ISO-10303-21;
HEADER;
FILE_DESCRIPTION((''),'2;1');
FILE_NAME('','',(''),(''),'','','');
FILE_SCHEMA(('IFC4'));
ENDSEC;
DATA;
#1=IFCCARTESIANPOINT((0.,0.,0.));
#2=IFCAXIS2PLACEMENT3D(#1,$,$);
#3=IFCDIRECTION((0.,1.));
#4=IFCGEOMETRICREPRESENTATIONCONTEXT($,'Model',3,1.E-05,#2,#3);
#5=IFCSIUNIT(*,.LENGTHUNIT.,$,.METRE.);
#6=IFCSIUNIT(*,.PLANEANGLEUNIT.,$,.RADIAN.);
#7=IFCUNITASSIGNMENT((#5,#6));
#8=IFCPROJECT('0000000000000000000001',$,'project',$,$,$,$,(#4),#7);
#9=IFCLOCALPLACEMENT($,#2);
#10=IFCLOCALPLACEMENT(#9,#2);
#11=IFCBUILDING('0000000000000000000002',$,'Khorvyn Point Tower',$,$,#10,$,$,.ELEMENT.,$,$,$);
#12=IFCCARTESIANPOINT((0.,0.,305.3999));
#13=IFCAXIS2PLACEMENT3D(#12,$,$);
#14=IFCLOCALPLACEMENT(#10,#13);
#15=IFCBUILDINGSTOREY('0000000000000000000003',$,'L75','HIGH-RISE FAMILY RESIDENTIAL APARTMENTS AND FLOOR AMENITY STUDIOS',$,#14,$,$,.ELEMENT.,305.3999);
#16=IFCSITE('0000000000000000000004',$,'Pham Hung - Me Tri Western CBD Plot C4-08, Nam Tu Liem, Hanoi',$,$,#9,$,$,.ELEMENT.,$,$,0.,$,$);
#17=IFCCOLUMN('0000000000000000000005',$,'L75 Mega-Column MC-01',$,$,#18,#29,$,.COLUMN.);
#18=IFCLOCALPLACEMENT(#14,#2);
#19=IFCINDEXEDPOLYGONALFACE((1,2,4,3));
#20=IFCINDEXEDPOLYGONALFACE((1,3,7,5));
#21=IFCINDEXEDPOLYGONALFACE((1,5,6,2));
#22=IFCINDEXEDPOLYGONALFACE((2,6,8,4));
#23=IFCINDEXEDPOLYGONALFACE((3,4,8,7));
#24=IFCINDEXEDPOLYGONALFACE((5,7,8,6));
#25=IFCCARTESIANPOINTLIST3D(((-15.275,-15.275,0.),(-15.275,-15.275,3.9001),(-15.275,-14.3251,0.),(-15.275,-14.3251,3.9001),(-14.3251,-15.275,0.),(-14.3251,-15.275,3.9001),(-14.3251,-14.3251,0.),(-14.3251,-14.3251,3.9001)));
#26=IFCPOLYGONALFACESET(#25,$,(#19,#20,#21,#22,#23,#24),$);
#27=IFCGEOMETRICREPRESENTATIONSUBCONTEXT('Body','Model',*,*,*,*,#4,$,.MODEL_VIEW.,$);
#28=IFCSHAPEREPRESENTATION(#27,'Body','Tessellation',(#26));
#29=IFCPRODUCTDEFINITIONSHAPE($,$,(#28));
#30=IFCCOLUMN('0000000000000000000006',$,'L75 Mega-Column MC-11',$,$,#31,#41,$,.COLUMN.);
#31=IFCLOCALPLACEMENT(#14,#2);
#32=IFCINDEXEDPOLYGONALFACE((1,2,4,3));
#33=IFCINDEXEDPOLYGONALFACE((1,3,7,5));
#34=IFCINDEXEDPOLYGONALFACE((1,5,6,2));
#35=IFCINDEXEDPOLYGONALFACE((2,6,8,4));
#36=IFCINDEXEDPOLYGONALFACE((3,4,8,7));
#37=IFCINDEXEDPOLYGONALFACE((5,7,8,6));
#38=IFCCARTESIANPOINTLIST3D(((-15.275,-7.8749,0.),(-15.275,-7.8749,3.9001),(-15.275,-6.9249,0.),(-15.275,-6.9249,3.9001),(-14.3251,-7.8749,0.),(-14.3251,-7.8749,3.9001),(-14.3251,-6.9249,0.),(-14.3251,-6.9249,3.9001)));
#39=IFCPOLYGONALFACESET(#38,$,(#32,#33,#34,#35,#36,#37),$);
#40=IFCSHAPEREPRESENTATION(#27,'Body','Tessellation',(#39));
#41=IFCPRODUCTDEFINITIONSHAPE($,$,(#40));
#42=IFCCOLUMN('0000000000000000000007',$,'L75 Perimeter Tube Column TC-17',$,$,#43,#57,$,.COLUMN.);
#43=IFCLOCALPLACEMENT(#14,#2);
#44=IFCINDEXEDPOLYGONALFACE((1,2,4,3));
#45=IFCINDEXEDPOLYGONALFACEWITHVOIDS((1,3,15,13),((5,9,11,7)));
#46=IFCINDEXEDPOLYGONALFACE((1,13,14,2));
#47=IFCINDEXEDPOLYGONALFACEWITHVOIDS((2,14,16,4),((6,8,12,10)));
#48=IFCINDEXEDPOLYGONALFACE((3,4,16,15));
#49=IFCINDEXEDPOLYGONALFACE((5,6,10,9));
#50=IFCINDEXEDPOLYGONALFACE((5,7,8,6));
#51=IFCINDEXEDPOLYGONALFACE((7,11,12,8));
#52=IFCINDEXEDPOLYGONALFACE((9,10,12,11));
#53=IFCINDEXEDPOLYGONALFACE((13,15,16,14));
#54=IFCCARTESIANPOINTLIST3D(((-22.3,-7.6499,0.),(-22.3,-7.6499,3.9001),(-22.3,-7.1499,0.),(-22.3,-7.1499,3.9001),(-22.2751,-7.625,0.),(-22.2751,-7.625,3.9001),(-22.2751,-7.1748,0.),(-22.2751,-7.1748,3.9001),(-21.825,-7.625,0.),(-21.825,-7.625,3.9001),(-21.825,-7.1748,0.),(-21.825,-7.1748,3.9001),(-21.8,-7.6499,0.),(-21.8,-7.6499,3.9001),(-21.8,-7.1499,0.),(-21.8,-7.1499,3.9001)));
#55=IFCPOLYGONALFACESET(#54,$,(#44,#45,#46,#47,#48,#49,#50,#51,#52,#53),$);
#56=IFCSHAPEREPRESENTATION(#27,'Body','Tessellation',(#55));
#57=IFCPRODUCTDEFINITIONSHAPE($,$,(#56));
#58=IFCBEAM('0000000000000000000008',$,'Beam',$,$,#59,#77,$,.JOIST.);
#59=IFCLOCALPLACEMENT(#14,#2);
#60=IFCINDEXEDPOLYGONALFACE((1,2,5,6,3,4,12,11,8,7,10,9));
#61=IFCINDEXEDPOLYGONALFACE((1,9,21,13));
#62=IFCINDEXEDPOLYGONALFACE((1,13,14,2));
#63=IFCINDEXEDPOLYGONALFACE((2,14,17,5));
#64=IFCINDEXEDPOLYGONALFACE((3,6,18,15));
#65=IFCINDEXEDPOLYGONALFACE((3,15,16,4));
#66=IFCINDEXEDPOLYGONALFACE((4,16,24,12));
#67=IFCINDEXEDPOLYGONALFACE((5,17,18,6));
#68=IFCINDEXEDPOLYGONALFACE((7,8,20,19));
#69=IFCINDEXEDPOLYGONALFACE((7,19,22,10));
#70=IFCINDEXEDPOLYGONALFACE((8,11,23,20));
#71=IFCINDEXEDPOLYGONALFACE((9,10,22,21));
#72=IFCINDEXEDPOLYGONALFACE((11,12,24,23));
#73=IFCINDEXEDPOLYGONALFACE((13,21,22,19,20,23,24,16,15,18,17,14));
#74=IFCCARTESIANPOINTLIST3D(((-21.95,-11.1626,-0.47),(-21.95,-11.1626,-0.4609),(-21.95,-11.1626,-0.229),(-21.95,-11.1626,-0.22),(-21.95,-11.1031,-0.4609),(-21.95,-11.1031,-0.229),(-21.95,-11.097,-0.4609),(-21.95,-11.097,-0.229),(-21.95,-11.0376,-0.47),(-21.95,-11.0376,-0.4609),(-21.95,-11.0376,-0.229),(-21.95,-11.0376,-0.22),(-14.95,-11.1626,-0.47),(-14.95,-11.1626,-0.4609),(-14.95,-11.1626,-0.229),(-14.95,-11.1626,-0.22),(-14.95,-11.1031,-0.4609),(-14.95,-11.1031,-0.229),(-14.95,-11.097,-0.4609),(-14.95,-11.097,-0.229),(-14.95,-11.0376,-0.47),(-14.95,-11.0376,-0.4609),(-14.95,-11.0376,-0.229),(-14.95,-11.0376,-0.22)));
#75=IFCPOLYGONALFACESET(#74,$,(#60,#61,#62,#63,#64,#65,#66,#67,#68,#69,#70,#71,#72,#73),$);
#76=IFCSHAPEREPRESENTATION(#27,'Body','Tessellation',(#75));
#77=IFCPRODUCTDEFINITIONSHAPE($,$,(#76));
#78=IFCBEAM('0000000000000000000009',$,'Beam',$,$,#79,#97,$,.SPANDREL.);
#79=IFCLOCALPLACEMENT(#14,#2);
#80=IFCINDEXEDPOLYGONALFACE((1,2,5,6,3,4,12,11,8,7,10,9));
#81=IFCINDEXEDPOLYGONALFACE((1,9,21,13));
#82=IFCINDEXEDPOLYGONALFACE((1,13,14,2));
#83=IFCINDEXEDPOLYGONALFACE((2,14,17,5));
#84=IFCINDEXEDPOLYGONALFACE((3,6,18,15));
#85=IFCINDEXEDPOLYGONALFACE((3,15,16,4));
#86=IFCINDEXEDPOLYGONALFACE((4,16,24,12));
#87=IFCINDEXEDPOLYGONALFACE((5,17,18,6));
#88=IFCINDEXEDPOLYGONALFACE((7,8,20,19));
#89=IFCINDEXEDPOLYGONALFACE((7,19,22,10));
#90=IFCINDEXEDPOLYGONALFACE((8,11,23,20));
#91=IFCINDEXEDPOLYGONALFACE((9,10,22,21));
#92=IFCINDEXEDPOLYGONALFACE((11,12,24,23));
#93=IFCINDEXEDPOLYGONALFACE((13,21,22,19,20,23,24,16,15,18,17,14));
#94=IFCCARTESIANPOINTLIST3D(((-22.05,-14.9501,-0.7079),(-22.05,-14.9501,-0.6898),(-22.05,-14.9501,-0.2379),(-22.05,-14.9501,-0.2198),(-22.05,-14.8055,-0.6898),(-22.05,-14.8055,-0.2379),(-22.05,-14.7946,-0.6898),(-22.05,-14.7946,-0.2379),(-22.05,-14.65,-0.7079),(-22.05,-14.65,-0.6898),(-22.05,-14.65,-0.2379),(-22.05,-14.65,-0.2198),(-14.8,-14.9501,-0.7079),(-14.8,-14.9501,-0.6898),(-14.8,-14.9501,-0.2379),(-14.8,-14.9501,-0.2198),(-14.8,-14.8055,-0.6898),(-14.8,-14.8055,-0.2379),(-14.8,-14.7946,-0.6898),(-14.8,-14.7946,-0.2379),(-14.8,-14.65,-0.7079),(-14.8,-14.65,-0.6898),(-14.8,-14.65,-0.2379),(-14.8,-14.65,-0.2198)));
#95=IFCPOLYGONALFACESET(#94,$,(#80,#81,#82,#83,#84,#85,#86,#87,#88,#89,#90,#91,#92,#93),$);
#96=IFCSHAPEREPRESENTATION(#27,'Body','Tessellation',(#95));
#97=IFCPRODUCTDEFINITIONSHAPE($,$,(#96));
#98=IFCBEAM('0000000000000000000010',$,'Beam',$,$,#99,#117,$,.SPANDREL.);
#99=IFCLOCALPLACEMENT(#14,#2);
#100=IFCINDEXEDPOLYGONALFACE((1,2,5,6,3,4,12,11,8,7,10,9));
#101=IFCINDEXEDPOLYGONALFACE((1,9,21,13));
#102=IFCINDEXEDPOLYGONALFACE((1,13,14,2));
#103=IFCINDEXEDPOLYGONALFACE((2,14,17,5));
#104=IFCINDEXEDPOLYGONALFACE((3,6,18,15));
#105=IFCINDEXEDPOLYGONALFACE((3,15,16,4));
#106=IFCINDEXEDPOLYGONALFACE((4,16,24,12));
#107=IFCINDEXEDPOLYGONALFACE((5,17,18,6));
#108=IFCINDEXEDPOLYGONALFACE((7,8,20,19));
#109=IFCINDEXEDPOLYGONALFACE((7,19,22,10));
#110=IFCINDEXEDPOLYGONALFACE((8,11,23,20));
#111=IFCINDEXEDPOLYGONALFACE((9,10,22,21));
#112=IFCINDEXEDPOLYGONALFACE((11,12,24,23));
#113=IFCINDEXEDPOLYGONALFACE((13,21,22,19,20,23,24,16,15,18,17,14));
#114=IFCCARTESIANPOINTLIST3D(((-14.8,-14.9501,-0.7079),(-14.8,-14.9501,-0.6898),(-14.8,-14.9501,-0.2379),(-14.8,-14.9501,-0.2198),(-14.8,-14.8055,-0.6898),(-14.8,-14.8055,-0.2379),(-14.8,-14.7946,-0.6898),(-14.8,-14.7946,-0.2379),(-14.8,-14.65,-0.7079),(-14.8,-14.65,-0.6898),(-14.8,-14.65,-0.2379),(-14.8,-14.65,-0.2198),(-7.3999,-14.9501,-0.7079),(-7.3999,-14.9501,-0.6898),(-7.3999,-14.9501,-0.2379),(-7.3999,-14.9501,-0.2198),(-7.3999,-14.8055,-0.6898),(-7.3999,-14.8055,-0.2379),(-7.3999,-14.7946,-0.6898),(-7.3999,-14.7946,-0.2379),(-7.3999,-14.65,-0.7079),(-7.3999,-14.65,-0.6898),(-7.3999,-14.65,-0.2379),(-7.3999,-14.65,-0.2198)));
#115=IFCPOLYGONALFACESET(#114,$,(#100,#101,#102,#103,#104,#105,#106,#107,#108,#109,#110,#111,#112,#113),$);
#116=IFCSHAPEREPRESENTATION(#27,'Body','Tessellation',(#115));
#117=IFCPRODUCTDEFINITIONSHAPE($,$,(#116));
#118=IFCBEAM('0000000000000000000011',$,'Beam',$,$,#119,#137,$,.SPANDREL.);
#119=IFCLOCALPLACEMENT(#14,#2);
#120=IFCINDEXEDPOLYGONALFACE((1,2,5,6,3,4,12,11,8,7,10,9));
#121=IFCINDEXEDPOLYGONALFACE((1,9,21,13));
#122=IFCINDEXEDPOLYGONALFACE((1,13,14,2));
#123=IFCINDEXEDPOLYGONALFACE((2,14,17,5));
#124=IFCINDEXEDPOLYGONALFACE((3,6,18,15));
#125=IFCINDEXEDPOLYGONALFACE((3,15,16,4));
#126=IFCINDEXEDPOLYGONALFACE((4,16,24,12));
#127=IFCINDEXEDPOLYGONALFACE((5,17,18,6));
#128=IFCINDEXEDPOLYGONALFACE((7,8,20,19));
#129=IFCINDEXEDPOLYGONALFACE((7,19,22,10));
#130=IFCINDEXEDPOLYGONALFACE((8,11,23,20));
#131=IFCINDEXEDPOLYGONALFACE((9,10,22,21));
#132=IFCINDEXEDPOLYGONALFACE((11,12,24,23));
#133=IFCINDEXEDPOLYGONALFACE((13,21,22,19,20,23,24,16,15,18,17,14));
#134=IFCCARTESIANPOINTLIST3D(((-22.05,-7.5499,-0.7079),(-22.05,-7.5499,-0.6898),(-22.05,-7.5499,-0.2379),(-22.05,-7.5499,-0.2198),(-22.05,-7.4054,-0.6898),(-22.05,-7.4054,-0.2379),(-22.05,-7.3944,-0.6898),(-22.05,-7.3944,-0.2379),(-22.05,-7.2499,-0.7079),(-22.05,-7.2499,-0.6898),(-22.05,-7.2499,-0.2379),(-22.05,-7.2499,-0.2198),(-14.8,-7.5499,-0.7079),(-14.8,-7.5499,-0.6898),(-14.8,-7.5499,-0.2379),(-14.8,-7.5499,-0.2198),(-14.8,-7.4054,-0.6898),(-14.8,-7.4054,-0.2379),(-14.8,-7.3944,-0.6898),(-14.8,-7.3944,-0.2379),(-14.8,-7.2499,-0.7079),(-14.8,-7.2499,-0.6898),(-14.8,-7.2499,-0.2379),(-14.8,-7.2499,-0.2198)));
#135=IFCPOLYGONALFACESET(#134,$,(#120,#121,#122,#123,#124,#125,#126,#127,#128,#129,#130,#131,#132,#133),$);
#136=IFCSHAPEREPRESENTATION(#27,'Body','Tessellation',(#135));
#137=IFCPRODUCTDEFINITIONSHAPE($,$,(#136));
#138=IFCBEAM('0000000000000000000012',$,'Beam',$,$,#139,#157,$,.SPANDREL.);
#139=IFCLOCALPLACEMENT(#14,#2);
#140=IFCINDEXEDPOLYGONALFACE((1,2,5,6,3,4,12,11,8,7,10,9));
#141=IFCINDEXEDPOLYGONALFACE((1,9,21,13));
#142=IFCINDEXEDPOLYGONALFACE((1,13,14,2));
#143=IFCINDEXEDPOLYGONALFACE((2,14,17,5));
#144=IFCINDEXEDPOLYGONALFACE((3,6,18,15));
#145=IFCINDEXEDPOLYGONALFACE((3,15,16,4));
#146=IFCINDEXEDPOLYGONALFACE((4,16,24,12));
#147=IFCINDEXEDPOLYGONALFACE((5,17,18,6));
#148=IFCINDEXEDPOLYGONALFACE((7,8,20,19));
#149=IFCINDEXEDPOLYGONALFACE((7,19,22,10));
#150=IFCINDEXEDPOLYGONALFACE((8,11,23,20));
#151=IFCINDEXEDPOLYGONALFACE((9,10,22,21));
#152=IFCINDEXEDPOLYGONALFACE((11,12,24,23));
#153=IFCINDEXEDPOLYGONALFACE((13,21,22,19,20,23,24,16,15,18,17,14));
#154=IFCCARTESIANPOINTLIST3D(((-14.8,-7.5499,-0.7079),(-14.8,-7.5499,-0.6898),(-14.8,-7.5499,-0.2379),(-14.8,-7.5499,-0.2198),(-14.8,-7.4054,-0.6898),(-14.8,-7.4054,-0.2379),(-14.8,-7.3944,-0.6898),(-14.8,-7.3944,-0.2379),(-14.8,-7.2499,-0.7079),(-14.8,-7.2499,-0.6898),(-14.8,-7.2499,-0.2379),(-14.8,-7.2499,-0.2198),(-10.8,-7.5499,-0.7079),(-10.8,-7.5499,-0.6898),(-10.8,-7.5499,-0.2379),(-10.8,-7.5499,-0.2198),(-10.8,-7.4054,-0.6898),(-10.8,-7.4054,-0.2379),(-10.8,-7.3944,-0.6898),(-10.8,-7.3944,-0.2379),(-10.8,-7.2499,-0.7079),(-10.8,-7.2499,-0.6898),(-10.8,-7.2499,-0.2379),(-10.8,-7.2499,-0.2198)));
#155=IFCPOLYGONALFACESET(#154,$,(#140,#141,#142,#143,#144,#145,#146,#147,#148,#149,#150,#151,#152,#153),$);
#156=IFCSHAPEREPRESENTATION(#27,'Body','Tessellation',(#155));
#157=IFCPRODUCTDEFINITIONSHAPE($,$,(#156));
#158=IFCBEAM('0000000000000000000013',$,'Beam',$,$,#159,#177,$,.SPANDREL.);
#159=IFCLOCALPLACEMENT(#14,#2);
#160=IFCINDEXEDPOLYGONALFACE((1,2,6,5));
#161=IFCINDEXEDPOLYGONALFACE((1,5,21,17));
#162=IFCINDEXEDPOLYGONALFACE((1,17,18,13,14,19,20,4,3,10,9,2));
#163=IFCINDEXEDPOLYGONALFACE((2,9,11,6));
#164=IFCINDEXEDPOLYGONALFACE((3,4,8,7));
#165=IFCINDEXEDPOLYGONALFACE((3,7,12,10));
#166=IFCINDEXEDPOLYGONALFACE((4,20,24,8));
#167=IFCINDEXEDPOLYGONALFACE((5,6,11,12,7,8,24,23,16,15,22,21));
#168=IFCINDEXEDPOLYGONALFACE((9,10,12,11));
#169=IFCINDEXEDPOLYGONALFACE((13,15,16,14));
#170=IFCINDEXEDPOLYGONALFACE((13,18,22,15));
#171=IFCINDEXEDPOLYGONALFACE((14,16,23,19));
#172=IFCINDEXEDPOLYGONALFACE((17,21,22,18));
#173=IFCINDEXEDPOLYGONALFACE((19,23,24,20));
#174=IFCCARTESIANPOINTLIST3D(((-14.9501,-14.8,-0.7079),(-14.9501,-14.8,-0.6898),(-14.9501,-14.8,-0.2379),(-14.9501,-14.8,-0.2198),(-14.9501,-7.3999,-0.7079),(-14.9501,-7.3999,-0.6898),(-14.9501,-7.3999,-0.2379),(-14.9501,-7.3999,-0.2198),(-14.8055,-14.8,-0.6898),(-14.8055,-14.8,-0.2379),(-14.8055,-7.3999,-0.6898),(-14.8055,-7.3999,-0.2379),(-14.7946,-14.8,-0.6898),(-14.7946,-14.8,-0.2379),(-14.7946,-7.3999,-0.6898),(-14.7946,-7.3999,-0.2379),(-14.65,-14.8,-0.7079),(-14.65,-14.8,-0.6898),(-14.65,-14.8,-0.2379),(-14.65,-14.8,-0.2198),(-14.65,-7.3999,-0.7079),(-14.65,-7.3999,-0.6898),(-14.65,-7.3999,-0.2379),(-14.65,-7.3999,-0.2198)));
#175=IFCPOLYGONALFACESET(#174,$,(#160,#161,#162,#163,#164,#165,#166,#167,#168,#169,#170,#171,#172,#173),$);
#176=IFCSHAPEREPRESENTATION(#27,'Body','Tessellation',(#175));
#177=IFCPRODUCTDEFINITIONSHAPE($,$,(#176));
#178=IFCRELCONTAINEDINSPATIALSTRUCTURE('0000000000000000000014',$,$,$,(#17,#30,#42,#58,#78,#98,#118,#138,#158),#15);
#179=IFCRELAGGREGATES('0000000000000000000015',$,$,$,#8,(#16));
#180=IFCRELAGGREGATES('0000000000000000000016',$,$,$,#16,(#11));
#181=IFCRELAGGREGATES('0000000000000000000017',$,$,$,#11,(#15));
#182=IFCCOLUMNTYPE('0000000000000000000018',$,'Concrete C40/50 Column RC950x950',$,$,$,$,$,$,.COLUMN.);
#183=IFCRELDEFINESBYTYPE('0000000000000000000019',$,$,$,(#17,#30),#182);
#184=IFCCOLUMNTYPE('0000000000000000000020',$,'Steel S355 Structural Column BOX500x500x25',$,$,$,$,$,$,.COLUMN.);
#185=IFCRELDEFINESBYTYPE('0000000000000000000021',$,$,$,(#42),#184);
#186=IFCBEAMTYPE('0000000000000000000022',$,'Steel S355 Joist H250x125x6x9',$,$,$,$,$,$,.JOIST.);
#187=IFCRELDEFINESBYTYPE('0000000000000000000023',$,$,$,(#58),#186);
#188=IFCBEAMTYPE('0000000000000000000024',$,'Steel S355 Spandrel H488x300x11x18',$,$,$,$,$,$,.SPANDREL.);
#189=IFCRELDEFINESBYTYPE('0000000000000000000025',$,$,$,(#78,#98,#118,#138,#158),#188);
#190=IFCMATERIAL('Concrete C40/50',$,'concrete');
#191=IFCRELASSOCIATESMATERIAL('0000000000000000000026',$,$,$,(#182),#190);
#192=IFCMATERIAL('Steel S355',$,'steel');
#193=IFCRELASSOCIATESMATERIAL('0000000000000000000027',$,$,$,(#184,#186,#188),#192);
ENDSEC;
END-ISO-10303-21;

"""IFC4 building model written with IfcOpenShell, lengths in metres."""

from ifc_helpers import new_model, si_unit, direction, frame, origin, origin_2d, place, context, subcontext, project, spatial, rectangle, hollow_rectangle, i_section, extrude, material, material_profile, profile_set, type_object, element, save


model = new_model("IFC4")

# Units and contexts
model_context = context("Model", 3, precision=1e-05, world=origin(), true_north=direction((0.0, 1.0)))
body_context = subcontext(model_context, "Body", "Model", "MODEL_VIEW")
ifc_project = project(units=[si_unit("LENGTHUNIT", "METRE"), si_unit("PLANEANGLEUNIT", "RADIAN")], contexts=[model_context])

# Site, building, storey
site_placement = place(None, origin())
site = spatial("IfcSite", under=ifc_project, at=site_placement, Name="Pham Hung - Me Tri Western CBD Plot C4-08, Nam Tu Liem, Hanoi", CompositionType="ELEMENT", RefElevation=0.0)
building_placement = place(site_placement, origin())
building = spatial("IfcBuilding", under=site, at=building_placement, Name="Khorvyn Point Tower", CompositionType="ELEMENT")
storey_placement = place(building_placement, frame((0.0, 0.0, 305.3999)))
storey = spatial("IfcBuildingStorey", under=building, at=storey_placement, Name="L75", Description="HIGH-RISE FAMILY RESIDENTIAL APARTMENTS AND FLOOR AMENITY STUDIOS", CompositionType="ELEMENT", Elevation=305.3999)

# Columns
ifc_material_1 = material(Name="Concrete C40/50", Category="concrete")
ifc_material_profile_1 = material_profile(ifc_material_1, rectangle(XDim=0.95, YDim=0.95, at=origin_2d()))
ifc_profile_set_1 = profile_set([ifc_material_profile_1], Name="Concrete C40/50 RC950x950")
column_type_1 = type_object("IfcColumnType", Name="Concrete C40/50 Column RC950x950", PredefinedType="COLUMN", material=ifc_profile_set_1)
for number, where, z_axis, x_axis, name in (
    (1, (-14.8, -14.8, 0.0), (0.0, 0.0, 1.0), (1.0, 0.0, 0.0), "L75 Mega-Column MC-01"),
    (2, (-14.8, -7.3999, 0.0), (0.0, 0.0, 1.0), (1.0, 0.0, 0.0), "L75 Mega-Column MC-11"),
):
    element("IfcColumn", number, at=place(storey_placement, frame(where, z_axis=z_axis, x_axis=x_axis)), inside=storey, type_object=column_type_1, Name=name, PredefinedType="COLUMN", context=body_context, shape_type="SweptSolid", body=[
        extrude(rectangle(XDim=0.95, YDim=0.95, at=origin_2d()), origin(), (0.0, 0.0, 1.0), 3.9001),
    ])
ifc_material_2 = material(Name="Steel S355", Category="steel")
ifc_material_profile_2 = material_profile(ifc_material_2, hollow_rectangle(XDim=0.5, YDim=0.5, WallThickness=0.0249, at=origin_2d()))
ifc_profile_set_2 = profile_set([ifc_material_profile_2], Name="Steel S355 BOX500x500x25")
column_type_2 = type_object("IfcColumnType", Name="Steel S355 Structural Column BOX500x500x25", PredefinedType="COLUMN", material=ifc_profile_set_2)
column_placement = place(storey_placement, frame((-22.05, -7.3999, 0.0), z_axis=(0.0, 0.0, 1.0), x_axis=(1.0, 0.0, 0.0)))
element("IfcColumn", 3, at=column_placement, inside=storey, type_object=column_type_2, Name="L75 Perimeter Tube Column TC-17", PredefinedType="COLUMN", context=body_context, shape_type="SweptSolid", body=[
    extrude(hollow_rectangle(XDim=0.5, YDim=0.5, WallThickness=0.0249, at=origin_2d()), origin(), (0.0, 0.0, 1.0), 3.9001),
])

# Beams
ifc_material_profile_3 = material_profile(ifc_material_2, i_section(OverallWidth=0.125, OverallDepth=0.25, WebThickness=0.0061, FlangeThickness=0.009, at=origin_2d()))
ifc_profile_set_3 = profile_set([ifc_material_profile_3], Name="Steel S355 H250x125x6x9")
beam_type_1 = type_object("IfcBeamType", Name="Steel S355 Joist H250x125x6x9", PredefinedType="JOIST", material=ifc_profile_set_3)
beam_1_placement = place(storey_placement, frame((-21.95, -11.1001, -0.345), z_axis=(1.0, 0.0, 0.0), x_axis=(0.0, 1.0, 0.0)))
element("IfcBeam", 4, at=beam_1_placement, inside=storey, type_object=beam_type_1, Name="Beam", PredefinedType="JOIST", context=body_context, shape_type="SweptSolid", body=[
    extrude(i_section(OverallWidth=0.125, OverallDepth=0.25, WebThickness=0.0061, FlangeThickness=0.009, at=origin_2d()), origin(), (0.0, 0.0, 1.0), 7.0),
])
ifc_material_profile_4 = material_profile(ifc_material_2, i_section(OverallWidth=0.3, OverallDepth=0.488, WebThickness=0.011, FlangeThickness=0.0181, at=origin_2d()))
ifc_profile_set_4 = profile_set([ifc_material_profile_4], Name="Steel S355 H488x300x11x18")
beam_type_2 = type_object("IfcBeamType", Name="Steel S355 Spandrel H488x300x11x18", PredefinedType="SPANDREL", material=ifc_profile_set_4)
beam_2_placement = place(storey_placement, frame((-22.05, -14.8, -0.4639), z_axis=(1.0, 0.0, 0.0), x_axis=(0.0, 1.0, 0.0)))
element("IfcBeam", 5, at=beam_2_placement, inside=storey, type_object=beam_type_2, Name="Beam", PredefinedType="SPANDREL", context=body_context, shape_type="SweptSolid", body=[
    extrude(i_section(OverallWidth=0.3, OverallDepth=0.488, WebThickness=0.011, FlangeThickness=0.0181, at=origin_2d()), origin(), (0.0, 0.0, 1.0), 7.25),
])
beam_3_placement = place(storey_placement, frame((-14.8, -14.8, -0.4639), z_axis=(1.0, 0.0, 0.0), x_axis=(0.0, 1.0, 0.0)))
element("IfcBeam", 6, at=beam_3_placement, inside=storey, type_object=beam_type_2, Name="Beam", PredefinedType="SPANDREL", context=body_context, shape_type="SweptSolid", body=[
    extrude(i_section(OverallWidth=0.3, OverallDepth=0.488, WebThickness=0.011, FlangeThickness=0.0181, at=origin_2d()), origin(), (0.0, 0.0, 1.0), 7.4001),
])
beam_4_placement = place(storey_placement, frame((-22.05, -7.3999, -0.4639), z_axis=(1.0, 0.0, 0.0), x_axis=(0.0, 1.0, 0.0)))
element("IfcBeam", 7, at=beam_4_placement, inside=storey, type_object=beam_type_2, Name="Beam", PredefinedType="SPANDREL", context=body_context, shape_type="SweptSolid", body=[
    extrude(i_section(OverallWidth=0.3, OverallDepth=0.488, WebThickness=0.011, FlangeThickness=0.0181, at=origin_2d()), origin(), (0.0, 0.0, 1.0), 7.25),
])
beam_5_placement = place(storey_placement, frame((-14.8, -7.3999, -0.4639), z_axis=(1.0, 0.0, 0.0), x_axis=(0.0, 1.0, 0.0)))
element("IfcBeam", 8, at=beam_5_placement, inside=storey, type_object=beam_type_2, Name="Beam", PredefinedType="SPANDREL", context=body_context, shape_type="SweptSolid", body=[
    extrude(i_section(OverallWidth=0.3, OverallDepth=0.488, WebThickness=0.011, FlangeThickness=0.0181, at=origin_2d()), origin(), (0.0, 0.0, 1.0), 4.0),
])
beam_6_placement = place(storey_placement, frame((-14.8, -14.8, -0.4639), z_axis=(0.0, 1.0, 0.0), x_axis=(-1.0, 0.0, 0.0)))
element("IfcBeam", 9, at=beam_6_placement, inside=storey, type_object=beam_type_2, Name="Beam", PredefinedType="SPANDREL", context=body_context, shape_type="SweptSolid", body=[
    extrude(i_section(OverallWidth=0.3, OverallDepth=0.488, WebThickness=0.011, FlangeThickness=0.0181, at=origin_2d()), origin(), (0.0, 0.0, 1.0), 7.4001),
])

save(model, "model.ifc")
